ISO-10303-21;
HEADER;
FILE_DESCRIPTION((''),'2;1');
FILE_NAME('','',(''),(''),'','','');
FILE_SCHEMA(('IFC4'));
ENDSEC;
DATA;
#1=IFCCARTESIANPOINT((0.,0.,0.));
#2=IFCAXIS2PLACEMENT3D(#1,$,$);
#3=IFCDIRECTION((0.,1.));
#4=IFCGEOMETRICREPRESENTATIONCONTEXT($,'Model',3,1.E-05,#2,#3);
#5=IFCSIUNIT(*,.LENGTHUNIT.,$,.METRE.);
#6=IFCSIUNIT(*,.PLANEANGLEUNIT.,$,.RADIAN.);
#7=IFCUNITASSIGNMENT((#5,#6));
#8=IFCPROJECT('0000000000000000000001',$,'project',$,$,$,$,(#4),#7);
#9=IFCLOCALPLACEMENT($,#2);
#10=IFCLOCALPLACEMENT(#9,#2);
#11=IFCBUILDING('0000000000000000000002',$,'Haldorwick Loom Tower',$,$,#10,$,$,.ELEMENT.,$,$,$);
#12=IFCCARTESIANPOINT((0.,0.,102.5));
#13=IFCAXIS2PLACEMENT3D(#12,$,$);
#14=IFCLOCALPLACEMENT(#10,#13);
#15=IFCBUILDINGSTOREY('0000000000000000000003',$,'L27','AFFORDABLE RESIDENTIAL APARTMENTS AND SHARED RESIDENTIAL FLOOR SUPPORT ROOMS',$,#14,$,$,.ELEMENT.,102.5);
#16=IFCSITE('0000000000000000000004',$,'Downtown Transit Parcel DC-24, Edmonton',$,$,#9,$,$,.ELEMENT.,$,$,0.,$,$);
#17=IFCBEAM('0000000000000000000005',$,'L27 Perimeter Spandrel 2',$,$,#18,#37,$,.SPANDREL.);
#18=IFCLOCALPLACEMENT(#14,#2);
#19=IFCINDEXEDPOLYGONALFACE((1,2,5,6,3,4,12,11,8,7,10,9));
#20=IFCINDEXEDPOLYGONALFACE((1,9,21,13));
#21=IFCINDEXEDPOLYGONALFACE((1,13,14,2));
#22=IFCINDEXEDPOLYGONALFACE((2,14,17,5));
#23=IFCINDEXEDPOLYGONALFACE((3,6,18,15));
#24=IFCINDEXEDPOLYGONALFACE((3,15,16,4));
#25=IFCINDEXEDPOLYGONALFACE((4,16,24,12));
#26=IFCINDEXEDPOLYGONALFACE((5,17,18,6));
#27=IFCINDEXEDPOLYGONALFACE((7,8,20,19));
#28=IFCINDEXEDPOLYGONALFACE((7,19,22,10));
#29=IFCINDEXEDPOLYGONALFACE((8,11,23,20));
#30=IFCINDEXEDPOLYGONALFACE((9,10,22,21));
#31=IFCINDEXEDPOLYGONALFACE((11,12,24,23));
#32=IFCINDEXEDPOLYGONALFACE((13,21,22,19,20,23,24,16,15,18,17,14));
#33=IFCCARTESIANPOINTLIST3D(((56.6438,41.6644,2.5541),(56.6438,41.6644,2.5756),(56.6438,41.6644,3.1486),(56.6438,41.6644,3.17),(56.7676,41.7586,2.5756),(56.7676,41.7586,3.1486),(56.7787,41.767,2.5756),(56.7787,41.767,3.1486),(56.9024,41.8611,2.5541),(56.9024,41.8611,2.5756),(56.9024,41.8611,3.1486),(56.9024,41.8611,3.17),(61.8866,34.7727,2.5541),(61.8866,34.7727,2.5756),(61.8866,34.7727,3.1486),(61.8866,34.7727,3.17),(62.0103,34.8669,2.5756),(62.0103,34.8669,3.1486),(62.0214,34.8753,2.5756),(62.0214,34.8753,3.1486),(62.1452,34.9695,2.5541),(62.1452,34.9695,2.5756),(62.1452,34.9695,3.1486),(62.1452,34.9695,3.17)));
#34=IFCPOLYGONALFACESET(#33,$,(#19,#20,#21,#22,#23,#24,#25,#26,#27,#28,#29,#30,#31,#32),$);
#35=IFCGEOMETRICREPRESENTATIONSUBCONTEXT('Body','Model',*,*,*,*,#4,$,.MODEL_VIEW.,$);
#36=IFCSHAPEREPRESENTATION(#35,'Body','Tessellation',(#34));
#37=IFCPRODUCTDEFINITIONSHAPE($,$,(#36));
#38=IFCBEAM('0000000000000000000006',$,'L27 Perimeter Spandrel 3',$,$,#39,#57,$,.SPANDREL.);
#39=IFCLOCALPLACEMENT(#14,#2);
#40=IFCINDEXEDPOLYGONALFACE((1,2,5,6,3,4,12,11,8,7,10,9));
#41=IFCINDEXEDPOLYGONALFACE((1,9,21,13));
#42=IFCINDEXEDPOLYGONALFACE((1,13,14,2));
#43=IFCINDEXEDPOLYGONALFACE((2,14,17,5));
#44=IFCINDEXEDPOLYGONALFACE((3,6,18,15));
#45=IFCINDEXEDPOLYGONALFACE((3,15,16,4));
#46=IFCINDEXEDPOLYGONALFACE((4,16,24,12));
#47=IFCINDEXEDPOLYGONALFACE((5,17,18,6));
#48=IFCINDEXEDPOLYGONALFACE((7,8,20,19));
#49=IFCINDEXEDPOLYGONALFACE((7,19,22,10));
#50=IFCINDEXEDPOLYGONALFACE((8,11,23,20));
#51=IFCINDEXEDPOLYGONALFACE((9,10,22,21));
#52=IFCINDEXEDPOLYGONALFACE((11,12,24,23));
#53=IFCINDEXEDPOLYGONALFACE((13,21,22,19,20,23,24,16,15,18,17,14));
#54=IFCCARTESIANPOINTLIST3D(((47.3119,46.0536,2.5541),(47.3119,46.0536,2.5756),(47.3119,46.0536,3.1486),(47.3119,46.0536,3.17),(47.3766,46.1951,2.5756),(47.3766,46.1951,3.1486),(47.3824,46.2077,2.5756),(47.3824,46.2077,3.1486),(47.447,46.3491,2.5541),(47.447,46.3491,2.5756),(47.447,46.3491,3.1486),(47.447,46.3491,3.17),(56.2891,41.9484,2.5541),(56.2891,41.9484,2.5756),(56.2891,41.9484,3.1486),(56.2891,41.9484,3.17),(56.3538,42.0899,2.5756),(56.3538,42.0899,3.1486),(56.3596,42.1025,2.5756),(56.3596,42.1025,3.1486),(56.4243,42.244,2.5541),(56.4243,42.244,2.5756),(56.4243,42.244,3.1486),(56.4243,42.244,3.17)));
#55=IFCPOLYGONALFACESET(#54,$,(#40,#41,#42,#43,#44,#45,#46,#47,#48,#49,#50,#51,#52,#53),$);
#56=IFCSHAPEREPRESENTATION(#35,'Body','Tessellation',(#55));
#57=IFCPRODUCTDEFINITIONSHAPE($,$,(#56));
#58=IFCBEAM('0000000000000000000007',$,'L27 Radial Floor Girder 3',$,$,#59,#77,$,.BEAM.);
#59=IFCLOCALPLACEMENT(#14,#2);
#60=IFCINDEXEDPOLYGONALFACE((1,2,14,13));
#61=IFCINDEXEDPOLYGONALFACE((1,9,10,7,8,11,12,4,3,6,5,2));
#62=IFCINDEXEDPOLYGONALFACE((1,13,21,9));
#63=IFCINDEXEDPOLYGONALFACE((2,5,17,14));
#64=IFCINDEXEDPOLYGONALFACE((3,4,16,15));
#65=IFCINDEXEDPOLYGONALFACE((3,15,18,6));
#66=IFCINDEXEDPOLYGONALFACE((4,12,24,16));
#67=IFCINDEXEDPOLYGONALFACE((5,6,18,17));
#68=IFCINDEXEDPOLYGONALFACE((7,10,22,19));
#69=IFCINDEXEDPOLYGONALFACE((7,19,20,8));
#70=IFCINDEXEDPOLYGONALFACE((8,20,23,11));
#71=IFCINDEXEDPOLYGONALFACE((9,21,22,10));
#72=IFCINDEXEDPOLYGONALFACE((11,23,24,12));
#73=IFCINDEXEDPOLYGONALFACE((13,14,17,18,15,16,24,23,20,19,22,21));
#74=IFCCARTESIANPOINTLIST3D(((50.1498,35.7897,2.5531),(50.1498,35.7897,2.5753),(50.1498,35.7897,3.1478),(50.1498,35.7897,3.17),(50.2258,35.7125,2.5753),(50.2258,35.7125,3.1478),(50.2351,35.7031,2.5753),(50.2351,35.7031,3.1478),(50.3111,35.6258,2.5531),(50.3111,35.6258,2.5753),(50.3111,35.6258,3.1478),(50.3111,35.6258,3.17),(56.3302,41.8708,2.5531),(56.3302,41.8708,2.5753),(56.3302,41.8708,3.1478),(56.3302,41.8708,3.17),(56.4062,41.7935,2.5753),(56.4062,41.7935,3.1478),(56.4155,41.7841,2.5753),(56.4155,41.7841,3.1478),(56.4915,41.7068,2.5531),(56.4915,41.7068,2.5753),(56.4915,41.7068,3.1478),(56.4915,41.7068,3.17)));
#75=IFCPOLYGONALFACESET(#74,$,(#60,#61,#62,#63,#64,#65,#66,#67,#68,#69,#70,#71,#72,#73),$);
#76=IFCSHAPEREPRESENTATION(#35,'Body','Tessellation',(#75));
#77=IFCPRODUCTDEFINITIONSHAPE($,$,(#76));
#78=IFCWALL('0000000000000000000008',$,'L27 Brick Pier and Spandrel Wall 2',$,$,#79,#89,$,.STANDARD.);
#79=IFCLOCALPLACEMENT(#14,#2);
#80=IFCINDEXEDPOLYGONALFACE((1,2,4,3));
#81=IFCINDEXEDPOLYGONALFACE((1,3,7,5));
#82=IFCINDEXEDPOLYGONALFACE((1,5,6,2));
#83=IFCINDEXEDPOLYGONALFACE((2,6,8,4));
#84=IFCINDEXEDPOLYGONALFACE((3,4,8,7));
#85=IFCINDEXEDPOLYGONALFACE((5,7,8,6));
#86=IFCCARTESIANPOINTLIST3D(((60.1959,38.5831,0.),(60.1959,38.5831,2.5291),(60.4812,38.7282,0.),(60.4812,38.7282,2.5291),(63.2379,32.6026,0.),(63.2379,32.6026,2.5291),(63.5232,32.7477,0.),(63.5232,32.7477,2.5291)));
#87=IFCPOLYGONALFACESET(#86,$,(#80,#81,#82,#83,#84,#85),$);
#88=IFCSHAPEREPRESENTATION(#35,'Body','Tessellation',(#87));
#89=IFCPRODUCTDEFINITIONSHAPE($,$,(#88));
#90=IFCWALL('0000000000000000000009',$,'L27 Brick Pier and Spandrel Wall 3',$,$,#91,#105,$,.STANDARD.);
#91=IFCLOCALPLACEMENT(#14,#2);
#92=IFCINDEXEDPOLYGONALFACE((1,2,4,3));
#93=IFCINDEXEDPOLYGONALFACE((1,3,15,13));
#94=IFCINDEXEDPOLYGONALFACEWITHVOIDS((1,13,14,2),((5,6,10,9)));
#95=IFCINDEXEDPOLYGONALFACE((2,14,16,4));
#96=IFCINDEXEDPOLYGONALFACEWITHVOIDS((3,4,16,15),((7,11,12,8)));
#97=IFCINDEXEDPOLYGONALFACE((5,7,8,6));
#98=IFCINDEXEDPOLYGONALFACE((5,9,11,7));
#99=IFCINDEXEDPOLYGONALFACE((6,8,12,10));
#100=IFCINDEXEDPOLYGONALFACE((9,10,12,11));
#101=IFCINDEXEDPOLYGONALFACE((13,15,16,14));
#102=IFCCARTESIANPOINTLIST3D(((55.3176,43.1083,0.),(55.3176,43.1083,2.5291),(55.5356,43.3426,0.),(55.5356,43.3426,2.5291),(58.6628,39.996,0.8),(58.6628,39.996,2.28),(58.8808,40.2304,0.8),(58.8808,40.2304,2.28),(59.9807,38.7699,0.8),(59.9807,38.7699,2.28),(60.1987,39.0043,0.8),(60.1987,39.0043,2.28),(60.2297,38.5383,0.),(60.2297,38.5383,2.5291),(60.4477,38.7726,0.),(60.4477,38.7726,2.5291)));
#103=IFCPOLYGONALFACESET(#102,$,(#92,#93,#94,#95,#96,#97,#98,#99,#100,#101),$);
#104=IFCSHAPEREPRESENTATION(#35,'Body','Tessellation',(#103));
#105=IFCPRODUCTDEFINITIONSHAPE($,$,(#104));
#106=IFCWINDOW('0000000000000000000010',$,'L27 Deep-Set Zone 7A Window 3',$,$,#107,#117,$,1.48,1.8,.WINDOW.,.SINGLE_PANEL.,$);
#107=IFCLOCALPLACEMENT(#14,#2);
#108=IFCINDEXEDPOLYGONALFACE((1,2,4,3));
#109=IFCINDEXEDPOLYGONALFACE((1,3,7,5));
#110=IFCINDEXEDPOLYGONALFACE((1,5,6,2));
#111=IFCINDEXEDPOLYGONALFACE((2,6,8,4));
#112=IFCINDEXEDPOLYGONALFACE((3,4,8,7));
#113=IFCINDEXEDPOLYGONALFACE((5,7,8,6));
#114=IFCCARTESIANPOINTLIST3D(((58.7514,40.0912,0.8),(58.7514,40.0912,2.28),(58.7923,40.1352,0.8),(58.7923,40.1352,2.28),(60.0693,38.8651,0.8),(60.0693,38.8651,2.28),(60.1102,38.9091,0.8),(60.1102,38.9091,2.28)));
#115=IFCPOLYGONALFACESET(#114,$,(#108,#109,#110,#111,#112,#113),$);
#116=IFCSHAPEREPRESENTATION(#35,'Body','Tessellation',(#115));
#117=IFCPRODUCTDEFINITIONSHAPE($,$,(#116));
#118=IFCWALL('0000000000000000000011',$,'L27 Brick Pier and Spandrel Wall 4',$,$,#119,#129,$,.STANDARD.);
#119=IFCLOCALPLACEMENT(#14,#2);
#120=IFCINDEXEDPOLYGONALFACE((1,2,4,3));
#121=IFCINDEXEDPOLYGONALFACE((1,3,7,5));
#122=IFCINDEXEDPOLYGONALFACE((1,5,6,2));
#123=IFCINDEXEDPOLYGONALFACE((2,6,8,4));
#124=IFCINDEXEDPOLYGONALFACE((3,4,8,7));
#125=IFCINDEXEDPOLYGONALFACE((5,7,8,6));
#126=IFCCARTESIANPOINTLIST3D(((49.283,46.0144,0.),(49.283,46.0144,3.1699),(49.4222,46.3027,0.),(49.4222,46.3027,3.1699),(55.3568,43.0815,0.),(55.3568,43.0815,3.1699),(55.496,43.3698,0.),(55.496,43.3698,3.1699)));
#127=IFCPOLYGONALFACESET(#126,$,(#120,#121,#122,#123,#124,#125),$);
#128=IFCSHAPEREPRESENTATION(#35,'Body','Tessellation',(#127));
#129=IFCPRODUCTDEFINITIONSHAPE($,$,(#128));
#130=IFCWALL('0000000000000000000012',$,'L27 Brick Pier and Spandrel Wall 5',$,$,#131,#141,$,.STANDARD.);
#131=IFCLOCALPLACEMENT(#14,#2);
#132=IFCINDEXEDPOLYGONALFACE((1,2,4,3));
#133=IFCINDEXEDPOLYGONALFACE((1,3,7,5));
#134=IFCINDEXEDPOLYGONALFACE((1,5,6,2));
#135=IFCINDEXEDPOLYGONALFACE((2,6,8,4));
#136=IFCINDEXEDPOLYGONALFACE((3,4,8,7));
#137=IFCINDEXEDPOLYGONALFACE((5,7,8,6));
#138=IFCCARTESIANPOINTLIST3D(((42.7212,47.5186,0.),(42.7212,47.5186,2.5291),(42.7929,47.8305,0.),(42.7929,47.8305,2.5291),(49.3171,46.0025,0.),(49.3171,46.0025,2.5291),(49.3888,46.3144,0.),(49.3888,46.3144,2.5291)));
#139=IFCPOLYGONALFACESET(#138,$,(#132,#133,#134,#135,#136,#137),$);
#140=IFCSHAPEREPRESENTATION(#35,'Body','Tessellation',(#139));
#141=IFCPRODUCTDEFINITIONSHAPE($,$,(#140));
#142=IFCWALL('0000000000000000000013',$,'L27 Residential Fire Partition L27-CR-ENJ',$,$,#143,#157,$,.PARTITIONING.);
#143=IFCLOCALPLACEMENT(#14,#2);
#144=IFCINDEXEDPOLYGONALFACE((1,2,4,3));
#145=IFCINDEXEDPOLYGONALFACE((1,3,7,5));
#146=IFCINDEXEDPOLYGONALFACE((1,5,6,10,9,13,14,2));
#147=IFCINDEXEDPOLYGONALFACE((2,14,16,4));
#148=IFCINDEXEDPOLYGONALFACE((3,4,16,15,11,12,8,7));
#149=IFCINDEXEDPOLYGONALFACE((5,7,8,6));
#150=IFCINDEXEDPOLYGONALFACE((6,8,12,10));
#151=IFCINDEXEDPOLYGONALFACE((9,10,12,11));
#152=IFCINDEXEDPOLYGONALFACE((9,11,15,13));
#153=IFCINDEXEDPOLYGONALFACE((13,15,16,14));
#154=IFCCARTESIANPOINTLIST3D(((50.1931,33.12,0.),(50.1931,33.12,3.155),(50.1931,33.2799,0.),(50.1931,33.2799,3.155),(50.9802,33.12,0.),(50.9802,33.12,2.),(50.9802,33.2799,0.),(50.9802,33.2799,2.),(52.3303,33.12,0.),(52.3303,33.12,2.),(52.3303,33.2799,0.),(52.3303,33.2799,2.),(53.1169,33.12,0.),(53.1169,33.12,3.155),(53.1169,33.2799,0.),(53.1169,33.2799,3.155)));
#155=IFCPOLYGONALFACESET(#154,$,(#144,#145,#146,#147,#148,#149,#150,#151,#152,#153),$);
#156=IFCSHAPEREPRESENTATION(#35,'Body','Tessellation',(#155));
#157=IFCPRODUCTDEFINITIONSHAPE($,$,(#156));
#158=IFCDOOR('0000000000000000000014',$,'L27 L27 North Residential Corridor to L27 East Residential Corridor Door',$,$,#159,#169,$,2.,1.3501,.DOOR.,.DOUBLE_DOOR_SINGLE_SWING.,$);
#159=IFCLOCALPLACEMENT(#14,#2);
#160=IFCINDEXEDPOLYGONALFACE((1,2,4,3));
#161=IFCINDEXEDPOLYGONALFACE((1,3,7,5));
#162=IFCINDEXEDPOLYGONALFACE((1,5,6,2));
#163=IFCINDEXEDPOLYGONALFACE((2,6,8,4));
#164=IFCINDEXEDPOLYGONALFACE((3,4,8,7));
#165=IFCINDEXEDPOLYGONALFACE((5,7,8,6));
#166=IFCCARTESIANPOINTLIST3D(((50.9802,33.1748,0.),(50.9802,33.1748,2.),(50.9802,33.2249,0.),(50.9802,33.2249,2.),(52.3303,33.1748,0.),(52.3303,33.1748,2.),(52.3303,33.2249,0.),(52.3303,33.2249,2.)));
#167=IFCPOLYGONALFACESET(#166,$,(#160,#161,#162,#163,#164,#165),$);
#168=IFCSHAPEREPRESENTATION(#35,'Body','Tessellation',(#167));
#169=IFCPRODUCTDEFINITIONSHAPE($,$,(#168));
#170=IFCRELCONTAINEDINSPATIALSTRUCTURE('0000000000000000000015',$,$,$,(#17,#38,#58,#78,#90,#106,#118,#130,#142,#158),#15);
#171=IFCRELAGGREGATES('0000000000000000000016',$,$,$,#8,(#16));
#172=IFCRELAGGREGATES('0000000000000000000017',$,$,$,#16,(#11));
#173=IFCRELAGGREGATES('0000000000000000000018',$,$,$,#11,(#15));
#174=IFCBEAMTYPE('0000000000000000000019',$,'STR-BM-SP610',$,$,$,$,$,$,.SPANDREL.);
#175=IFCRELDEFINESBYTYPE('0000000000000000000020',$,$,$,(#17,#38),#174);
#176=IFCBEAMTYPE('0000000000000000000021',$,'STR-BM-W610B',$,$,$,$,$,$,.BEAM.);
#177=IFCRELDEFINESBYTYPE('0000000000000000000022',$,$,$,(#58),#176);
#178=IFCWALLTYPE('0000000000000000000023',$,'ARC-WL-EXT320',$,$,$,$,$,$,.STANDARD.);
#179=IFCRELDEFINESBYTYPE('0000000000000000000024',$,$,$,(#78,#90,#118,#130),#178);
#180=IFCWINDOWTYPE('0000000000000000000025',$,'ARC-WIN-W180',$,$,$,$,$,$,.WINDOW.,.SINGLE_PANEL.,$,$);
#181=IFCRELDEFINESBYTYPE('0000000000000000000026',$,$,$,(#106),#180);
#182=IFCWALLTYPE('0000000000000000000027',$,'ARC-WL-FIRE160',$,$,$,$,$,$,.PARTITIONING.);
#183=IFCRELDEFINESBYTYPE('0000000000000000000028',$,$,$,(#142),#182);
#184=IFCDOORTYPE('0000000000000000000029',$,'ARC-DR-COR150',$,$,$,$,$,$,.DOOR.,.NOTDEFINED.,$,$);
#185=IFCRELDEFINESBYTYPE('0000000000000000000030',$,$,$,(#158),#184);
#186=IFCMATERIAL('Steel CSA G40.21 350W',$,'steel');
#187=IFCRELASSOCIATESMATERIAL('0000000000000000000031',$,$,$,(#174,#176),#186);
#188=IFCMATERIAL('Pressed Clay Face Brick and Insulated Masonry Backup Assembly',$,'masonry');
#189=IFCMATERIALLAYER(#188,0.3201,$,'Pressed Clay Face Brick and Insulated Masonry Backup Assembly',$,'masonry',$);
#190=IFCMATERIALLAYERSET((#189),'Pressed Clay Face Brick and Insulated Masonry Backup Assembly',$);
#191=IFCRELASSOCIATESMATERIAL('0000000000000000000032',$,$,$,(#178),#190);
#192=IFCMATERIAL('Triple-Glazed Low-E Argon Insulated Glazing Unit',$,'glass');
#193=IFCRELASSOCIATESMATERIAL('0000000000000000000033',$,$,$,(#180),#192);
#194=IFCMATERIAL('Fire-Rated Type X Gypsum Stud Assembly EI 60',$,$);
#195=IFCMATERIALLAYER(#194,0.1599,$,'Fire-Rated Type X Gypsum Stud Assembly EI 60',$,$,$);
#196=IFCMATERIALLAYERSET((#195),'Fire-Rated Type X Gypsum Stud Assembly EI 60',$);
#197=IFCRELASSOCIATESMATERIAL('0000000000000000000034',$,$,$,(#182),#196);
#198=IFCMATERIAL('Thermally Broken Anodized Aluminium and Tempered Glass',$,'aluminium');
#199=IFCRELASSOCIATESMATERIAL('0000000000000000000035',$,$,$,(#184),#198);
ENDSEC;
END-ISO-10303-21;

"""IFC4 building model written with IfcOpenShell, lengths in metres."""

from ifc_helpers import new_model, si_unit, direction, frame, frame_2d, origin, origin_2d, place, context, subcontext, project, spatial, rectangle, i_section, extrude, material, layer, layer_set, material_profile, profile_set, type_object, element, fill, save


model = new_model("IFC4")

# Units and contexts
model_context = context("Model", 3, precision=1e-05, world=origin(), true_north=direction((0.0, 1.0)))
body_context = subcontext(model_context, "Body", "Model", "MODEL_VIEW")
ifc_project = project(units=[si_unit("LENGTHUNIT", "METRE"), si_unit("PLANEANGLEUNIT", "RADIAN")], contexts=[model_context])

# Site, building, storey
site_placement = place(None, origin())
site = spatial("IfcSite", under=ifc_project, at=site_placement, Name="Downtown Transit Parcel DC-24, Edmonton", CompositionType="ELEMENT", RefElevation=0.0)
building_placement = place(site_placement, origin())
building = spatial("IfcBuilding", under=site, at=building_placement, Name="Haldorwick Loom Tower", CompositionType="ELEMENT")
storey_placement = place(building_placement, frame((0.0, 0.0, 102.5)))
storey = spatial("IfcBuildingStorey", under=building, at=storey_placement, Name="L27", Description="AFFORDABLE RESIDENTIAL APARTMENTS AND SHARED RESIDENTIAL FLOOR SUPPORT ROOMS", CompositionType="ELEMENT", Elevation=102.5)

# Beams
ifc_material_1 = material(Name="Steel CSA G40.21 350W", Category="steel")
ifc_material_profile_1 = material_profile(ifc_material_1, i_section(OverallWidth=0.325, OverallDepth=0.616, WebThickness=0.0139, FlangeThickness=0.0215, at=origin_2d()), Name="W610X174", Category="steel")
ifc_profile_set_1 = profile_set([ifc_material_profile_1], Name="Steel CSA G40.21 350W")
beam_type_1 = type_object("IfcBeamType", Name="STR-BM-SP610", PredefinedType="SPANDREL", material=ifc_profile_set_1)
beam_1_placement = place(storey_placement, frame((62.0159, 34.8711, 2.8621), z_axis=(-0.605454, 0.795881, 0.0), x_axis=(-0.795881, -0.605454, 0.0)))
element("IfcBeam", 1, at=beam_1_placement, inside=storey, type_object=beam_type_1, Name="L27 Perimeter Spandrel 2", PredefinedType="SPANDREL", context=body_context, shape_type="SweptSolid", body=[
    extrude(i_section(OverallWidth=0.325, OverallDepth=0.616, WebThickness=0.0139, FlangeThickness=0.0215, at=origin_2d()), origin(), (0.0, 0.0, 1.0), 8.6592),
])
beam_2_placement = place(storey_placement, frame((56.3567, 42.0962, 2.8621), z_axis=(-0.909424, 0.41587, 0.0), x_axis=(-0.41587, -0.909424, 0.0)))
element("IfcBeam", 2, at=beam_2_placement, inside=storey, type_object=beam_type_1, Name="L27 Perimeter Spandrel 3", PredefinedType="SPANDREL", context=body_context, shape_type="SweptSolid", body=[
    extrude(i_section(OverallWidth=0.325, OverallDepth=0.616, WebThickness=0.0139, FlangeThickness=0.0215, at=origin_2d()), origin(), (0.0, 0.0, 1.0), 9.8713),
])
ifc_material_profile_2 = material_profile(ifc_material_1, i_section(OverallWidth=0.23, OverallDepth=0.6169, WebThickness=0.0132, FlangeThickness=0.0222, at=origin_2d()), Name="W610X140", Category="steel")
ifc_profile_set_2 = profile_set([ifc_material_profile_2], Name="Steel CSA G40.21 350W")
beam_type_2 = type_object("IfcBeamType", Name="STR-BM-W610B", PredefinedType="BEAM", material=ifc_profile_set_2)
beam_3_placement = place(storey_placement, frame((50.2305, 35.7078, 2.8616), z_axis=(0.712814, 0.701353, 0.0), x_axis=(-0.701353, 0.712814, 0.0)))
element("IfcBeam", 3, at=beam_3_placement, inside=storey, type_object=beam_type_2, Name="L27 Radial Floor Girder 3", PredefinedType="BEAM", context=body_context, shape_type="SweptSolid", body=[
    extrude(i_section(OverallWidth=0.23, OverallDepth=0.6169, WebThickness=0.0132, FlangeThickness=0.0222, at=origin_2d()), origin(), (0.0, 0.0, 1.0), 8.6704),
])

# Wall
ifc_material_2 = material(Name="Pressed Clay Face Brick and Insulated Masonry Backup Assembly", Category="masonry")
ifc_layer_1 = layer(ifc_material_2, 0.3201, Name="Pressed Clay Face Brick and Insulated Masonry Backup Assembly", Category="masonry")
ifc_layer_set_1 = layer_set([ifc_layer_1], Name="Pressed Clay Face Brick and Insulated Masonry Backup Assembly")
wall_type_1 = type_object("IfcWallType", Name="ARC-WL-EXT320", PredefinedType="STANDARD", material=ifc_layer_set_1)
wall_1_placement = place(storey_placement, frame((63.3806, 32.675, 0.0), z_axis=(0.0, 0.0, 1.0), x_axis=(-0.453374, 0.89132, 0.0)))
element("IfcWall", 4, at=wall_1_placement, inside=storey, type_object=wall_type_1, Name="L27 Brick Pier and Spandrel Wall 2", PredefinedType="STANDARD", context=body_context, shape_type="SweptSolid", body=[
    extrude(rectangle(XDim=6.7097, YDim=0.3201, at=frame_2d((3.355, 0.0))), origin(), (0.0, 0.0, 1.0), 2.5291),
])

# Wall, opening, window
wall_2_placement = place(storey_placement, frame((60.3386, 38.6555, 0.0), z_axis=(0.0, 0.0, 1.0), x_axis=(-0.732137, 0.681157, 0.0)))
wall_2 = element("IfcWall", 5, at=wall_2_placement, inside=storey, type_object=wall_type_1, Name="L27 Brick Pier and Spandrel Wall 3", PredefinedType="STANDARD", context=body_context, shape_type="SweptSolid", body=[
    extrude(rectangle(XDim=6.7092, YDim=0.3201, at=frame_2d((3.3545, 0.0))), origin(), (0.0, 0.0, 1.0), 2.5291),
])
opening_1_placement = place(wall_2_placement, frame((0.3401, 0.0, 0.8)))
opening_1 = element("IfcOpeningElement", 6, at=opening_1_placement, cuts=wall_2, PredefinedType="OPENING", context=body_context, shape_type="SweptSolid", body=[
    extrude(rectangle(XDim=1.8, YDim=1.48, at=frame_2d((0.8999, 0.74))), frame((0.0, 0.1699, 0.0), z_axis=(0.0, -1.0, 0.0), x_axis=(1.0, 0.0, 0.0)), (0.0, 0.0, 1.0), 0.3401),
])
ifc_material_3 = material(Name="Triple-Glazed Low-E Argon Insulated Glazing Unit", Category="glass")
window_type = type_object("IfcWindowType", Name="ARC-WIN-W180", PartitioningType="SINGLE_PANEL", PredefinedType="WINDOW", material=ifc_material_3)
window_placement = place(opening_1_placement, origin())
window = element("IfcWindow", 7, at=window_placement, inside=storey, type_object=window_type, Name="L27 Deep-Set Zone 7A Window 3", OverallHeight=1.48, OverallWidth=1.8, PartitioningType="SINGLE_PANEL", PredefinedType="WINDOW", context=body_context, shape_type="SweptSolid", body=[
    extrude(rectangle(XDim=1.8, YDim=1.48, at=frame_2d((0.8999, 0.74))), frame((0.0, 0.03, 0.0), z_axis=(0.0, -1.0, 0.0), x_axis=(1.0, 0.0, 0.0)), (0.0, 0.0, 1.0), 0.0601),
])
fill(opening_1, window)

# Walls
wall_3_placement = place(storey_placement, frame((55.4265, 43.2256, 0.0), z_axis=(0.0, 0.0, 1.0), x_axis=(-0.90051, 0.434835, 0.0)))
element("IfcWall", 8, at=wall_3_placement, inside=storey, type_object=wall_type_1, Name="L27 Brick Pier and Spandrel Wall 4", PredefinedType="STANDARD", context=body_context, shape_type="SweptSolid", body=[
    extrude(rectangle(XDim=6.7449, YDim=0.3201, at=frame_2d((3.3726, 0.0))), origin(), (0.0, 0.0, 1.0), 3.1699),
])
wall_4_placement = place(storey_placement, frame((49.3528, 46.1584, 0.0), z_axis=(0.0, 0.0, 1.0), x_axis=(-0.974584, 0.224022, 0.0)))
element("IfcWall", 9, at=wall_4_placement, inside=storey, type_object=wall_type_1, Name="L27 Brick Pier and Spandrel Wall 5", PredefinedType="STANDARD", context=body_context, shape_type="SweptSolid", body=[
    extrude(rectangle(XDim=6.7678, YDim=0.3201, at=frame_2d((3.3838, 0.0))), origin(), (0.0, 0.0, 1.0), 2.5291),
])

# Wall, opening, door
ifc_material_4 = material(Name="Fire-Rated Type X Gypsum Stud Assembly EI 60")
ifc_layer_2 = layer(ifc_material_4, 0.1599, Name="Fire-Rated Type X Gypsum Stud Assembly EI 60")
ifc_layer_set_2 = layer_set([ifc_layer_2], Name="Fire-Rated Type X Gypsum Stud Assembly EI 60")
wall_type_2 = type_object("IfcWallType", Name="ARC-WL-FIRE160", PredefinedType="PARTITIONING", material=ifc_layer_set_2)
wall_5_placement = place(storey_placement, frame((50.1931, 33.2, 0.0), z_axis=(0.0, 0.0, 1.0), x_axis=(1.0, 0.0, 0.0)))
wall_5 = element("IfcWall", 10, at=wall_5_placement, inside=storey, type_object=wall_type_2, Name="L27 Residential Fire Partition L27-CR-ENJ", PredefinedType="PARTITIONING", context=body_context, shape_type="SweptSolid", body=[
    extrude(rectangle(XDim=2.9238, YDim=0.1599, at=frame_2d((1.4619, 0.0))), origin(), (0.0, 0.0, 1.0), 3.155),
])
opening_2_placement = place(wall_5_placement, frame((0.7871, 0.0, 0.0)))
opening_2 = element("IfcOpeningElement", 11, at=opening_2_placement, cuts=wall_5, PredefinedType="OPENING", context=body_context, shape_type="SweptSolid", body=[
    extrude(rectangle(XDim=1.3501, YDim=2.0, at=frame_2d((0.675, 1.0))), frame((0.0, 0.0898, 0.0), z_axis=(0.0, -1.0, 0.0), x_axis=(1.0, 0.0, 0.0)), (0.0, 0.0, 1.0), 0.1799),
])
ifc_material_5 = material(Name="Thermally Broken Anodized Aluminium and Tempered Glass", Category="aluminium")
door_type_1 = type_object("IfcDoorType", Name="ARC-DR-COR150", OperationType="NOTDEFINED", PredefinedType="DOOR", material=ifc_material_5)
door_1_placement = place(opening_2_placement, origin())
door_1 = element("IfcDoor", 12, at=door_1_placement, inside=storey, type_object=door_type_1, Name="L27 L27 North Residential Corridor to L27 East Residential Corridor Door", OperationType="DOUBLE_DOOR_SINGLE_SWING", OverallHeight=2.0, OverallWidth=1.3501, PredefinedType="DOOR", context=body_context, shape_type="SweptSolid", body=[
    extrude(rectangle(XDim=1.3501, YDim=2.0, at=frame_2d((0.675, 1.0))), frame((0.0, 0.0249, 0.0), z_axis=(0.0, -1.0, 0.0), x_axis=(1.0, 0.0, 0.0)), (0.0, 0.0, 1.0), 0.05),
])
fill(opening_2, door_1)

save(model, "model.ifc")
